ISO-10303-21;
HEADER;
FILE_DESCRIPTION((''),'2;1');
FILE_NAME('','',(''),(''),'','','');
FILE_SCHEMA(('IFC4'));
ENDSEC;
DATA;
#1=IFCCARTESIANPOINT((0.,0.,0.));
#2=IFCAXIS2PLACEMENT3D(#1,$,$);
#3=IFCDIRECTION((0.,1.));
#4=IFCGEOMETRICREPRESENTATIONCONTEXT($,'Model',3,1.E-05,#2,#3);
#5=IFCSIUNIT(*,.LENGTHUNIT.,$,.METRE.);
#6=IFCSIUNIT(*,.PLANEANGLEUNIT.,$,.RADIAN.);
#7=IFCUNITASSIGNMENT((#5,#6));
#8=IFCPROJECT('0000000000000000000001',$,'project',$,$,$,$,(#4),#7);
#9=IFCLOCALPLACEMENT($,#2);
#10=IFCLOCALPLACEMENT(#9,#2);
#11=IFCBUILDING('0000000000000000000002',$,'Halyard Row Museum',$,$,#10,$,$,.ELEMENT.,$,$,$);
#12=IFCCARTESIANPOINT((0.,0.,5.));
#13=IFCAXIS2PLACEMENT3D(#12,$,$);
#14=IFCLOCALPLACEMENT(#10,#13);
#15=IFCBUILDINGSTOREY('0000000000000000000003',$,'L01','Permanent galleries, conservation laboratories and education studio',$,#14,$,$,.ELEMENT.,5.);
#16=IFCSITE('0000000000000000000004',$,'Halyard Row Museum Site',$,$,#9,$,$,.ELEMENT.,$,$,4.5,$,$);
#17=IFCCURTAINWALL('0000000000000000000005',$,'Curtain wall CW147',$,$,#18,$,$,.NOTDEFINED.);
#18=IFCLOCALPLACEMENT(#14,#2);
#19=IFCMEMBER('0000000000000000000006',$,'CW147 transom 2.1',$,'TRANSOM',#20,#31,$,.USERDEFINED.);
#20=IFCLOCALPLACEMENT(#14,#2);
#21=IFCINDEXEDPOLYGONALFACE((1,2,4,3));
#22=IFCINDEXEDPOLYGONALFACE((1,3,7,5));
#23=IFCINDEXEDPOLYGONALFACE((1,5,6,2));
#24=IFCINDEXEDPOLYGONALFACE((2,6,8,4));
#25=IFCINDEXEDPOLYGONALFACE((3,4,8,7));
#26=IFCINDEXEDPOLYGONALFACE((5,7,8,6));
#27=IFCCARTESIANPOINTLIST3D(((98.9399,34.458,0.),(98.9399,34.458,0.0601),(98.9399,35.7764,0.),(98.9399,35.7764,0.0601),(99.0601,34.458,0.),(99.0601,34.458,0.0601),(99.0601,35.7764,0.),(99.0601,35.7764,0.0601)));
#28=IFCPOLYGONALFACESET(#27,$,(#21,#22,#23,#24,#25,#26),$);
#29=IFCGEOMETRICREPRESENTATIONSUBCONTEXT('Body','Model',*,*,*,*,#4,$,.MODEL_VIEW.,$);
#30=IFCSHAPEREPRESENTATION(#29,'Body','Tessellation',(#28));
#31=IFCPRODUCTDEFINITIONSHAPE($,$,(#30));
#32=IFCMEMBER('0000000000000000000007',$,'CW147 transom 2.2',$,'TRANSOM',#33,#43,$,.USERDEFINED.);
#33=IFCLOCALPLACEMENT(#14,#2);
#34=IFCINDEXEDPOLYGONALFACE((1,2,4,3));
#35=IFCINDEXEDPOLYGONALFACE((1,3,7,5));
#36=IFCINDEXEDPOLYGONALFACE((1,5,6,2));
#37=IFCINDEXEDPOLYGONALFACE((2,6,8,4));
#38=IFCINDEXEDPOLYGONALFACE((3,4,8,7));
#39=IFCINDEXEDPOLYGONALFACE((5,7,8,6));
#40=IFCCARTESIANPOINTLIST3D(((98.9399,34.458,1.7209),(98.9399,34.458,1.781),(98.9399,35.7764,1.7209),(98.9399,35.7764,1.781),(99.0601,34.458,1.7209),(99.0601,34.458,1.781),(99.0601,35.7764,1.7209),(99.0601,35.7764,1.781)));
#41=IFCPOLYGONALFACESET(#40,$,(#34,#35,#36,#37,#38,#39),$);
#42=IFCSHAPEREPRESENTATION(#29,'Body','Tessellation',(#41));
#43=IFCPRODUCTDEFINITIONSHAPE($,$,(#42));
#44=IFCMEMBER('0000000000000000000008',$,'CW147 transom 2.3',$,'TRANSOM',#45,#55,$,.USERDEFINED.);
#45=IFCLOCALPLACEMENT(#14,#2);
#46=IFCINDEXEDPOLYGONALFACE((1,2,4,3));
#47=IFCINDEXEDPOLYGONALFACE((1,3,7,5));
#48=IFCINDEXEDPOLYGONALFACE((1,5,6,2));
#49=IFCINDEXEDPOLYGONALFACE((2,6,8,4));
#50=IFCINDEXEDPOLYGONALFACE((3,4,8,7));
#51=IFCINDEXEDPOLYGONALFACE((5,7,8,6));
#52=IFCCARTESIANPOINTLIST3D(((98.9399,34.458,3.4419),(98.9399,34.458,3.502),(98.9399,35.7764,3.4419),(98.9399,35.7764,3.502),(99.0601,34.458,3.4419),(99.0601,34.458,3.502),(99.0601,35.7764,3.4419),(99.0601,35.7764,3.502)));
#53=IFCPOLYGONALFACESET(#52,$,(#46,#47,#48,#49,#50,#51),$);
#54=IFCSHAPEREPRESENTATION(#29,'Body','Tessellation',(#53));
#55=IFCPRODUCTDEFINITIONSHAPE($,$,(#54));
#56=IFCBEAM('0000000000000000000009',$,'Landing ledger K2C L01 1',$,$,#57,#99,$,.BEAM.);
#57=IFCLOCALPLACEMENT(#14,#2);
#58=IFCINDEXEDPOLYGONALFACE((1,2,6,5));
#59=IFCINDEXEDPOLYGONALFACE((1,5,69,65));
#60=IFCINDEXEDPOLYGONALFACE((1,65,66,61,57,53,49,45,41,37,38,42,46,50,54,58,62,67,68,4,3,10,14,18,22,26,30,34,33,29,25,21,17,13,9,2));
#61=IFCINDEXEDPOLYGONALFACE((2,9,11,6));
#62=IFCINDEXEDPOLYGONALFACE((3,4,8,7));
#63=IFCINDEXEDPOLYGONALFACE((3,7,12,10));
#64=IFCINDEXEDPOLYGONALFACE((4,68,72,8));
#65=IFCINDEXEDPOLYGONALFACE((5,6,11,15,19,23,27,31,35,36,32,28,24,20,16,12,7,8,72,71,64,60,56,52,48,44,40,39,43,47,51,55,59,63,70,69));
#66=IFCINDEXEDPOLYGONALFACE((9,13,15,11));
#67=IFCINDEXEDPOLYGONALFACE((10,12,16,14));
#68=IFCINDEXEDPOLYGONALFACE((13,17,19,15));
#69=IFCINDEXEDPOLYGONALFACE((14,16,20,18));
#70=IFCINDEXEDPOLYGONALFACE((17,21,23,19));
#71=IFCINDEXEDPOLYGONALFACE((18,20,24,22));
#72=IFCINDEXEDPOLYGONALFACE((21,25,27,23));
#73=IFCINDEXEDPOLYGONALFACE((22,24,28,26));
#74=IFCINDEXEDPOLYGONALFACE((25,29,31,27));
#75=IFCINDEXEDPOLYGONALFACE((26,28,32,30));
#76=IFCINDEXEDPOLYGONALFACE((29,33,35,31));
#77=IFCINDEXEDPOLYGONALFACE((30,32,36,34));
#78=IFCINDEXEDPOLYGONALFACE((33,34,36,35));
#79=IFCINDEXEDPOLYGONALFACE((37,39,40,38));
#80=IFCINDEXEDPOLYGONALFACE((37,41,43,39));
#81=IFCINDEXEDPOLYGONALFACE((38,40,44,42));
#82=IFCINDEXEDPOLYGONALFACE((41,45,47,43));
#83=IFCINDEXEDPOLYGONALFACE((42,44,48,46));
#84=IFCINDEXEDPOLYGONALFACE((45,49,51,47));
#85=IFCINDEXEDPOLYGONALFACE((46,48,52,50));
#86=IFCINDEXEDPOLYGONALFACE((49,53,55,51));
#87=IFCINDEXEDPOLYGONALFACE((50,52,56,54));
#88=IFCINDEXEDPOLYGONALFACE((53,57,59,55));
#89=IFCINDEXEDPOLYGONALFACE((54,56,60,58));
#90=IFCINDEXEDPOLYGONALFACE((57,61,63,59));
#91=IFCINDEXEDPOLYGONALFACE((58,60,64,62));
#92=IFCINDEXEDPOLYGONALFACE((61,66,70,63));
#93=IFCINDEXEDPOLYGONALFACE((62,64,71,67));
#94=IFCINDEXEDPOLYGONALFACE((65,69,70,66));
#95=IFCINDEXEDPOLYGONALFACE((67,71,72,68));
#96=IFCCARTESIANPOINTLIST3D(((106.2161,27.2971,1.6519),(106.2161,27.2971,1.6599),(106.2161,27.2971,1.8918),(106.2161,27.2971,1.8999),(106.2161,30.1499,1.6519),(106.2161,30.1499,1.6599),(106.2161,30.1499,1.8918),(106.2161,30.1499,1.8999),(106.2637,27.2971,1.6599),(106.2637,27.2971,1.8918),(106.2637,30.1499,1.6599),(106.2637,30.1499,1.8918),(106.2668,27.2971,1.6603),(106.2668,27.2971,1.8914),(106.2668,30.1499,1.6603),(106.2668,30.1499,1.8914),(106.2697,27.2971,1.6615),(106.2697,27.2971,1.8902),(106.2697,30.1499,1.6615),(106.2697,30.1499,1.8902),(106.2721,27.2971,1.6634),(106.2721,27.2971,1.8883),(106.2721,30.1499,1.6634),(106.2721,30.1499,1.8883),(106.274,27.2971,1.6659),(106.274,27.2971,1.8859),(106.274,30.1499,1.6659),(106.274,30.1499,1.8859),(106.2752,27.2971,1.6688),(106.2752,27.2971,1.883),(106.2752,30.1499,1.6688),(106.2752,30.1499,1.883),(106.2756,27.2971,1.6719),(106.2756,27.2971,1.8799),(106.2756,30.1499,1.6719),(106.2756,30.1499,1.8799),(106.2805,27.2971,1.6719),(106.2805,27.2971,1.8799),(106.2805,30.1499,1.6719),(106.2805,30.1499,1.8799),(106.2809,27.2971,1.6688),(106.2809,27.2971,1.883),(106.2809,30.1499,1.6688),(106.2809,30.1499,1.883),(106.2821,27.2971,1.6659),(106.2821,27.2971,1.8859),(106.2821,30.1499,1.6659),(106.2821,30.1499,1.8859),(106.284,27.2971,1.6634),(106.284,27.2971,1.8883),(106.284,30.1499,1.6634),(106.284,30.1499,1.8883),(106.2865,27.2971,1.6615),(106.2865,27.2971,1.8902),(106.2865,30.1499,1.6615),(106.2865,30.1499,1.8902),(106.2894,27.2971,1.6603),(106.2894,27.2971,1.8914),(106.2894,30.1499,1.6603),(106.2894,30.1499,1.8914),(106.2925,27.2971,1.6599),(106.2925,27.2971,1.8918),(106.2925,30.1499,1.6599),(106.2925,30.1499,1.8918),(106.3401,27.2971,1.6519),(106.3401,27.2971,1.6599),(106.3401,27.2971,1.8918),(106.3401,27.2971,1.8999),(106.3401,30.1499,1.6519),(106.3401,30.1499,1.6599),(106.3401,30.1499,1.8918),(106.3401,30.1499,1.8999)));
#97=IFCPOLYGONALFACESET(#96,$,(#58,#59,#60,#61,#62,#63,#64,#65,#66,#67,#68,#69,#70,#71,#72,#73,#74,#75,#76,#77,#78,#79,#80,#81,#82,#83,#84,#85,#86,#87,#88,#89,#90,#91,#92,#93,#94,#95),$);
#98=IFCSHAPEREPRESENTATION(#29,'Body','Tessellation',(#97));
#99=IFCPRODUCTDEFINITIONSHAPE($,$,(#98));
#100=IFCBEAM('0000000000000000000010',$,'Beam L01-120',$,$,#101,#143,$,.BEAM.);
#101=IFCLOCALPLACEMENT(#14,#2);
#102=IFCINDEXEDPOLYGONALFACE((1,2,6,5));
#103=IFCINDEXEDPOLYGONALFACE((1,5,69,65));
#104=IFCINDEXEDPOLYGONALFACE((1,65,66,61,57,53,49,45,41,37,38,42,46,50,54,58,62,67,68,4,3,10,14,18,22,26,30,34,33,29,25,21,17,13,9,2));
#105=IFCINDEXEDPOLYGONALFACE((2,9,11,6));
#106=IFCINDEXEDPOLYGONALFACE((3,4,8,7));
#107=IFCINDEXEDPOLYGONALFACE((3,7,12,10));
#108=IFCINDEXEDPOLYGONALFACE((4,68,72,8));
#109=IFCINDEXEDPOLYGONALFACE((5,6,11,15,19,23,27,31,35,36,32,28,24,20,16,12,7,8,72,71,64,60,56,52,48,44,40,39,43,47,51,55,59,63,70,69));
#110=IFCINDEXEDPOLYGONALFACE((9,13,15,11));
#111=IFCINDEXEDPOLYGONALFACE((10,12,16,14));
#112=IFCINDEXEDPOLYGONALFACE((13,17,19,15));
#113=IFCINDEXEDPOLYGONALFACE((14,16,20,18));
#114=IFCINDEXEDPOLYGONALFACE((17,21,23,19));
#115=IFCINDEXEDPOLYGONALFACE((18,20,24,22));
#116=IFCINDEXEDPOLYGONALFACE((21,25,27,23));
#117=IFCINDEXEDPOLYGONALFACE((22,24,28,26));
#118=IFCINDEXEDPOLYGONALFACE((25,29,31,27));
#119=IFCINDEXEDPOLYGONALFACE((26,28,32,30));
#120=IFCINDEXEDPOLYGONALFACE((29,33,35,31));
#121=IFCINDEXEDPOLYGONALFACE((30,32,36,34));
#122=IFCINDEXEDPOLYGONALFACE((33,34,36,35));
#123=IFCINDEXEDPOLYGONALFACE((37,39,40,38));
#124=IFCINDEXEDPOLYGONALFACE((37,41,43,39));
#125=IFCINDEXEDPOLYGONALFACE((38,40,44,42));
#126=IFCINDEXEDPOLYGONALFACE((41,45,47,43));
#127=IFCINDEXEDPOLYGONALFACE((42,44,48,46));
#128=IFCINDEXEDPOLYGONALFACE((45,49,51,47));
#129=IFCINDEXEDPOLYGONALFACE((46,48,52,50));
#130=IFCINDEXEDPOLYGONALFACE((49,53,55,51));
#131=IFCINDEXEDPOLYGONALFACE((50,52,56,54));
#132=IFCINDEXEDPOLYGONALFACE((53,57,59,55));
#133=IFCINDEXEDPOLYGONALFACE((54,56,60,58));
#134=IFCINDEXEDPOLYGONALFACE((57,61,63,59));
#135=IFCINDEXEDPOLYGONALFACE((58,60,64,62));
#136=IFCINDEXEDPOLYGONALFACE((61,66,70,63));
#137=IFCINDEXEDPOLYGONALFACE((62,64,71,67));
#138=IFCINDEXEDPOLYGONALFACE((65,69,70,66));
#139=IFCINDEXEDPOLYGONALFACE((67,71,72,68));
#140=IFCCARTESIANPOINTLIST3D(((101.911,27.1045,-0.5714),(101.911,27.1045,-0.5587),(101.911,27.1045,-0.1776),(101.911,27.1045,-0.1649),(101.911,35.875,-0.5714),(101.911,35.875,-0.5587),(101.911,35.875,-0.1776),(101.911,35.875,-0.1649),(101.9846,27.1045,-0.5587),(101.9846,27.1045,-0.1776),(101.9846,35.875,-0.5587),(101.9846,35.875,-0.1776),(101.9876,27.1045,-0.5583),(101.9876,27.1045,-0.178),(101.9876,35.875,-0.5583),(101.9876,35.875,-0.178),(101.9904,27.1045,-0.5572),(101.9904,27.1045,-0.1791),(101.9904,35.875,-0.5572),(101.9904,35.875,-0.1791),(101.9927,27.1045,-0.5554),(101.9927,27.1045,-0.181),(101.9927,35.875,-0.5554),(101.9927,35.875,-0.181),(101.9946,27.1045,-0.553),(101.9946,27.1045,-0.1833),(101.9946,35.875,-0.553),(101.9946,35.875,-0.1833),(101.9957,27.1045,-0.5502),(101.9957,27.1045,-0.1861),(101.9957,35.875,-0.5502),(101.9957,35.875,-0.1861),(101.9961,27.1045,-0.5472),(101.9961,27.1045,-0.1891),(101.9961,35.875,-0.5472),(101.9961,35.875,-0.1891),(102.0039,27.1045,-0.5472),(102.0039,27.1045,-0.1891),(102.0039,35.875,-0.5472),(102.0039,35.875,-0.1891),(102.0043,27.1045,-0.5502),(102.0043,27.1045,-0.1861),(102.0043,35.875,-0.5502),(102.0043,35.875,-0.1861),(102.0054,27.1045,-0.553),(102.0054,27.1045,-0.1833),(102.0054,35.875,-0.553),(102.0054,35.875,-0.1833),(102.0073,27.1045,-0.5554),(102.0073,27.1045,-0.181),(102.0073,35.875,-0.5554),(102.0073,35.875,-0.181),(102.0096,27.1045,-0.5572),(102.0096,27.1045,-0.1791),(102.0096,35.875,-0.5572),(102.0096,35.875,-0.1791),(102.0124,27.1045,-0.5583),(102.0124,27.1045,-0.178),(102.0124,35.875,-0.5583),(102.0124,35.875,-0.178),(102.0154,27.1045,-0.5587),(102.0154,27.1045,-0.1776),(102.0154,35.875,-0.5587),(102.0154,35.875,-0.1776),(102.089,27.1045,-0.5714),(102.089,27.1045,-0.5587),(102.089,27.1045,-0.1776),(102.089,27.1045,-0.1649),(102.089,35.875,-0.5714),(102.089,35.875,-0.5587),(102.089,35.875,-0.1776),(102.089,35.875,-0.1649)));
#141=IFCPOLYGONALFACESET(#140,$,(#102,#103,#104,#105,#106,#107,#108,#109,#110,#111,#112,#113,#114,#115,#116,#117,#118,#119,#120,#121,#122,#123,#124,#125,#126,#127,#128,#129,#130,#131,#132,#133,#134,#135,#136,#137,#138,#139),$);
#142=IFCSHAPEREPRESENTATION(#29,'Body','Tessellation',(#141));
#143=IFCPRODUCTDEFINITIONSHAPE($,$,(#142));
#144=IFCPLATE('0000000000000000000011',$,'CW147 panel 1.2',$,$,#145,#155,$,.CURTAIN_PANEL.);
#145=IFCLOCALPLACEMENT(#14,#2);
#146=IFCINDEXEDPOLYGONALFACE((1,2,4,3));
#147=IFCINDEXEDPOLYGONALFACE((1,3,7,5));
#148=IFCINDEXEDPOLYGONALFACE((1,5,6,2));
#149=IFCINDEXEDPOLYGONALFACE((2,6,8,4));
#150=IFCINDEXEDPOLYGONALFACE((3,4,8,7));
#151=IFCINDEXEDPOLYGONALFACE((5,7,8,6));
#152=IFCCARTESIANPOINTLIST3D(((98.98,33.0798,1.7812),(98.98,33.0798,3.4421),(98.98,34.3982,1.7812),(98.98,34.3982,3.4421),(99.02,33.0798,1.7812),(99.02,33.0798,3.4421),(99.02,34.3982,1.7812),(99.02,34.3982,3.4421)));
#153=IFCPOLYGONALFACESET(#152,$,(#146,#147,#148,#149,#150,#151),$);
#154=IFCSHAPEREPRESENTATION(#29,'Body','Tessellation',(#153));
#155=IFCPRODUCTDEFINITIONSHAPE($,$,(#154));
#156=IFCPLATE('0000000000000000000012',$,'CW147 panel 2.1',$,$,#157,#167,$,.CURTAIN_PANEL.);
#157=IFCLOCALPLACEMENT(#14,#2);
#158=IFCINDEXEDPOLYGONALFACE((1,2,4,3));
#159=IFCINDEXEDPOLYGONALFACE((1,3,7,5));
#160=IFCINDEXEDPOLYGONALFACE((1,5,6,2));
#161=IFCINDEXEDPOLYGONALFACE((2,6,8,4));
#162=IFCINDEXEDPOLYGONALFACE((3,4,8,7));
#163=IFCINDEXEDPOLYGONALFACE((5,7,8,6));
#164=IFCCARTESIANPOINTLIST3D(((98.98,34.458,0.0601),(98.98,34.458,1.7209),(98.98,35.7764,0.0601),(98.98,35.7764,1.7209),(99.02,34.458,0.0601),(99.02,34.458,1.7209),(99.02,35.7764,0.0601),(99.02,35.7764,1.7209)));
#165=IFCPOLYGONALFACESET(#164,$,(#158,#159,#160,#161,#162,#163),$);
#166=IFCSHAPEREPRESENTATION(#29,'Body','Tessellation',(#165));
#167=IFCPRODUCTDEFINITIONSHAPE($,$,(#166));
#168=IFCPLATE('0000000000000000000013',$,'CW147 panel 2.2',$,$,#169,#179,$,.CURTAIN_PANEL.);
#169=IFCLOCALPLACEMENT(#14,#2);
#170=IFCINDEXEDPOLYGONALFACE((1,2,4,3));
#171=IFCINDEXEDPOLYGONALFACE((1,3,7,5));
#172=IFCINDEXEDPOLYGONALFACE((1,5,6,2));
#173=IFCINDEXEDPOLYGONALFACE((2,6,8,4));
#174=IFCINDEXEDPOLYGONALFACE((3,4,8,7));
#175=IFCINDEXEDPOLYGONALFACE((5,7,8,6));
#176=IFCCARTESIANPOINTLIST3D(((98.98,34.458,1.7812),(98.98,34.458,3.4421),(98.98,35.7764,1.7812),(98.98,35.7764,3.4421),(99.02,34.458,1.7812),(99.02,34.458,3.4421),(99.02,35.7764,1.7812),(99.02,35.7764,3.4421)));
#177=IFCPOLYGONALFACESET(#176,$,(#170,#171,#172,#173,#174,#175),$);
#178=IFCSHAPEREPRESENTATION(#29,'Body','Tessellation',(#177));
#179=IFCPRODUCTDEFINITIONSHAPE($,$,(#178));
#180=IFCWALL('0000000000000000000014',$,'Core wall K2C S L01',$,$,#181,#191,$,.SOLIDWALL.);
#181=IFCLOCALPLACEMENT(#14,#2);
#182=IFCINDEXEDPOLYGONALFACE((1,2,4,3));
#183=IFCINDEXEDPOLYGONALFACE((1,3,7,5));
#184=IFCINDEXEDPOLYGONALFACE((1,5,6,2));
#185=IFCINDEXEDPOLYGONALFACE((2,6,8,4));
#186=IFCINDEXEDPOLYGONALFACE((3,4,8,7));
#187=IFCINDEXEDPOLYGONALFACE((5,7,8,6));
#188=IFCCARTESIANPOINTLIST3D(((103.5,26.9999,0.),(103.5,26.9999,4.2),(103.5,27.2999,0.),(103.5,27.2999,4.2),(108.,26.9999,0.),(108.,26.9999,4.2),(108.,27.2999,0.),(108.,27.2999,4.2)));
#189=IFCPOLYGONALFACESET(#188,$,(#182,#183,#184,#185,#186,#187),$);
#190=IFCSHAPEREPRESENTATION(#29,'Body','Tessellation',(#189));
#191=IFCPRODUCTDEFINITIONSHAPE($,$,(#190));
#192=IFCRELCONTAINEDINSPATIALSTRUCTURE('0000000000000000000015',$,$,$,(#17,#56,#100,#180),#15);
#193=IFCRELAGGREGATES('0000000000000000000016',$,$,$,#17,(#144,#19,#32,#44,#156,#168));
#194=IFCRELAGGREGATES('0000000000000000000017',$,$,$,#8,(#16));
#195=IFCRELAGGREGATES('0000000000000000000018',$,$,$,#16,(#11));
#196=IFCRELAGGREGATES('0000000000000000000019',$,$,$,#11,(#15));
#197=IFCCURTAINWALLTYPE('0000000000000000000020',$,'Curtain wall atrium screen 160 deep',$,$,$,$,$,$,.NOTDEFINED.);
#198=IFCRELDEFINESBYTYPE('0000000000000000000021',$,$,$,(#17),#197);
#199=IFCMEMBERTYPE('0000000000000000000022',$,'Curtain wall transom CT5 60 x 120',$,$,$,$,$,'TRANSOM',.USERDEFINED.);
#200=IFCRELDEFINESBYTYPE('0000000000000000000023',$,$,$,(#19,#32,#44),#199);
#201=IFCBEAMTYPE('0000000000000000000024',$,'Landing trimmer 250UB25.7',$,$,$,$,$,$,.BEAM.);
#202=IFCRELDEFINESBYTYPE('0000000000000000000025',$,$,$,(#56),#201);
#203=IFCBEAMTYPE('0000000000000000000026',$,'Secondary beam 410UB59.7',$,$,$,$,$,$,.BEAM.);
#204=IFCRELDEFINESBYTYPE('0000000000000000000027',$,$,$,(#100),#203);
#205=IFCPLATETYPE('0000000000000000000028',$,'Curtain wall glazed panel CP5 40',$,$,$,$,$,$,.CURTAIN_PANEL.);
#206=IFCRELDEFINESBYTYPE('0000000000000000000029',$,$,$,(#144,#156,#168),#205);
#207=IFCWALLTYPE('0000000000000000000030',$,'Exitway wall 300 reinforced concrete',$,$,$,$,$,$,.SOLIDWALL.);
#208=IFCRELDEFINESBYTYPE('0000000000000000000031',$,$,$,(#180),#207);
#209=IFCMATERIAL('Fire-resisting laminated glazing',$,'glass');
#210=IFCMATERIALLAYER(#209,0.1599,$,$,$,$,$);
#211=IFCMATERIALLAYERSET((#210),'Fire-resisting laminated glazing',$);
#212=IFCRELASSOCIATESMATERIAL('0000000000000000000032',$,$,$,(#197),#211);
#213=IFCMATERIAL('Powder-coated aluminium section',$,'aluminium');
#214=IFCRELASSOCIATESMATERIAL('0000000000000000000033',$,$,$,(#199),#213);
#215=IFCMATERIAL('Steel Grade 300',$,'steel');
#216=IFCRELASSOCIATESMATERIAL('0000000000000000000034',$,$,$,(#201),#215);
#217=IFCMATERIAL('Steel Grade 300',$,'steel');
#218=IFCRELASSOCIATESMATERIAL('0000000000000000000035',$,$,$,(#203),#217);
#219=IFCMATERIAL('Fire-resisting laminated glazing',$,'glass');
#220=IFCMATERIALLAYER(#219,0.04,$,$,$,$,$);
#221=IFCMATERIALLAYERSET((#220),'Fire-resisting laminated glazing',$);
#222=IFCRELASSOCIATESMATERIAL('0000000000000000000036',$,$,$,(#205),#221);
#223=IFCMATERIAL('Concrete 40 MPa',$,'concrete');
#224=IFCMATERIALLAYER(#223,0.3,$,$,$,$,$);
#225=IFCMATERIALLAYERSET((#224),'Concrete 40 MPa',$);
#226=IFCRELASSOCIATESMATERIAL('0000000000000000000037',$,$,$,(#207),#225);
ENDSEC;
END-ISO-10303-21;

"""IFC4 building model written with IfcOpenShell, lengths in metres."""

from ifc_helpers import new_model, si_unit, direction, frame, frame_2d, origin, origin_2d, place, context, subcontext, project, spatial, rectangle, i_section, extrude, material, layer, layer_set, material_profile, profile_set, type_object, element, aggregate, save


model = new_model("IFC4")

# Units and contexts
model_context = context("Model", 3, precision=1e-05, world=origin(), true_north=direction((0.0, 1.0)))
body_context = subcontext(model_context, "Body", "Model", "MODEL_VIEW")
ifc_project = project(units=[si_unit("LENGTHUNIT", "METRE"), si_unit("PLANEANGLEUNIT", "RADIAN")], contexts=[model_context])

# Site, building, storey
site_placement = place(None, origin())
site = spatial("IfcSite", under=ifc_project, at=site_placement, Name="Halyard Row Museum Site", CompositionType="ELEMENT", RefElevation=4.5)
building_placement = place(site_placement, origin())
building = spatial("IfcBuilding", under=site, at=building_placement, Name="Halyard Row Museum", CompositionType="ELEMENT")
storey_placement = place(building_placement, frame((0.0, 0.0, 5.0)))
storey = spatial("IfcBuildingStorey", under=building, at=storey_placement, Name="L01", Description="Permanent galleries, conservation laboratories and education studio", CompositionType="ELEMENT", Elevation=5.0)

# Curtain wall, members
ifc_material_1 = material(Name="Fire-resisting laminated glazing", Category="glass")
ifc_layer_1 = layer(ifc_material_1, 0.1599)
ifc_layer_set_1 = layer_set([ifc_layer_1], Name="Fire-resisting laminated glazing")
curtain_wall_type = type_object("IfcCurtainWallType", Name="Curtain wall atrium screen 160 deep", PredefinedType="NOTDEFINED", material=ifc_layer_set_1)
curtain_wall_placement = place(storey_placement, origin())
curtain_wall = element("IfcCurtainWall", 1, at=curtain_wall_placement, inside=storey, type_object=curtain_wall_type, Name="Curtain wall CW147", PredefinedType="NOTDEFINED")
ifc_material_2 = material(Name="Powder-coated aluminium section", Category="aluminium")
ifc_material_profile_1 = material_profile(ifc_material_2, rectangle(XDim=0.1201, YDim=0.0601, at=origin_2d()), Name="120x60 transom")
ifc_profile_set_1 = profile_set([ifc_material_profile_1], Name="Powder-coated aluminium section")
member_type_1 = type_object("IfcMemberType", Name="Curtain wall transom CT5 60 x 120", ElementType="TRANSOM", PredefinedType="USERDEFINED", material=ifc_profile_set_1)
member_1_placement = place(storey_placement, frame((99.0, 34.458, 0.03), z_axis=(0.0, 1.0, 0.0), x_axis=(-1.0, 0.0, 0.0)))
member_1 = element("IfcMember", 2, at=member_1_placement, type_object=member_type_1, Name="CW147 transom 2.1", ObjectType="TRANSOM", PredefinedType="USERDEFINED", context=body_context, shape_type="SweptSolid", body=[
    extrude(rectangle(XDim=0.1201, YDim=0.0601, at=origin_2d()), origin(), (0.0, 0.0, 1.0), 1.3184),
])
member_2_placement = place(storey_placement, frame((99.0, 34.458, 1.751), z_axis=(0.0, 1.0, 0.0), x_axis=(-1.0, 0.0, 0.0)))
member_2 = element("IfcMember", 3, at=member_2_placement, type_object=member_type_1, Name="CW147 transom 2.2", ObjectType="TRANSOM", PredefinedType="USERDEFINED", context=body_context, shape_type="SweptSolid", body=[
    extrude(rectangle(XDim=0.1201, YDim=0.0601, at=origin_2d()), origin(), (0.0, 0.0, 1.0), 1.3184),
])
member_3_placement = place(storey_placement, frame((99.0, 34.458, 3.4719), z_axis=(0.0, 1.0, 0.0), x_axis=(-1.0, 0.0, 0.0)))
member_3 = element("IfcMember", 4, at=member_3_placement, type_object=member_type_1, Name="CW147 transom 2.3", ObjectType="TRANSOM", PredefinedType="USERDEFINED", context=body_context, shape_type="SweptSolid", body=[
    extrude(rectangle(XDim=0.1201, YDim=0.0601, at=origin_2d()), origin(), (0.0, 0.0, 1.0), 1.3184),
])

# Beams
ifc_material_3 = material(Name="Steel Grade 300", Category="steel")
ifc_material_profile_2 = material_profile(ifc_material_3, i_section(OverallWidth=0.124, OverallDepth=0.248, WebThickness=0.0049, FlangeThickness=0.0081, FilletRadius=0.012, at=origin_2d()), Name="250UB25.7")
ifc_profile_set_2 = profile_set([ifc_material_profile_2], Name="Steel Grade 300")
beam_type_1 = type_object("IfcBeamType", Name="Landing trimmer 250UB25.7", PredefinedType="BEAM", material=ifc_profile_set_2)
beam_1_placement = place(storey_placement, frame((106.2781, 27.2971, 1.7759), z_axis=(0.0, 1.0, 0.0), x_axis=(-1.0, 0.0, 0.0)))
element("IfcBeam", 5, at=beam_1_placement, inside=storey, type_object=beam_type_1, Name="Landing ledger K2C L01 1", PredefinedType="BEAM", context=body_context, shape_type="SweptSolid", body=[
    extrude(i_section(OverallWidth=0.124, OverallDepth=0.248, WebThickness=0.0049, FlangeThickness=0.0081, FilletRadius=0.012, at=origin_2d()), origin(), (0.0, 0.0, 1.0), 2.8528),
])
ifc_material_4 = material(Name="Steel Grade 300", Category="steel")
ifc_material_profile_3 = material_profile(ifc_material_4, i_section(OverallWidth=0.178, OverallDepth=0.4065, WebThickness=0.0078, FlangeThickness=0.0127, FilletRadius=0.0115, at=origin_2d()), Name="410UB59.7")
ifc_profile_set_3 = profile_set([ifc_material_profile_3], Name="Steel Grade 300")
beam_type_2 = type_object("IfcBeamType", Name="Secondary beam 410UB59.7", PredefinedType="BEAM", material=ifc_profile_set_3)
beam_2_placement = place(storey_placement, frame((102.0, 27.1045, -0.3682), z_axis=(0.0, 1.0, 0.0), x_axis=(-1.0, 0.0, 0.0)))
element("IfcBeam", 6, at=beam_2_placement, inside=storey, type_object=beam_type_2, Name="Beam L01-120", PredefinedType="BEAM", context=body_context, shape_type="SweptSolid", body=[
    extrude(i_section(OverallWidth=0.178, OverallDepth=0.4065, WebThickness=0.0078, FlangeThickness=0.0127, FilletRadius=0.0115, at=origin_2d()), origin(), (0.0, 0.0, 1.0), 8.7705),
])

# Plates
ifc_material_5 = material(Name="Fire-resisting laminated glazing", Category="glass")
ifc_layer_2 = layer(ifc_material_5, 0.04)
ifc_layer_set_2 = layer_set([ifc_layer_2], Name="Fire-resisting laminated glazing")
plate_type = type_object("IfcPlateType", Name="Curtain wall glazed panel CP5 40", PredefinedType="CURTAIN_PANEL", material=ifc_layer_set_2)
plate_1_placement = place(storey_placement, frame((99.0, 33.739, 1.7812), z_axis=(0.0, 0.0, 1.0), x_axis=(0.0, 1.0, 0.0)))
plate_1 = element("IfcPlate", 7, at=plate_1_placement, type_object=plate_type, Name="CW147 panel 1.2", PredefinedType="CURTAIN_PANEL", context=body_context, shape_type="SweptSolid", body=[
    extrude(rectangle(XDim=1.3184, YDim=0.04, at=origin_2d()), origin(), (0.0, 0.0, 1.0), 1.6609),
])
plate_2_placement = place(storey_placement, frame((99.0, 35.1172, 0.0601), z_axis=(0.0, 0.0, 1.0), x_axis=(0.0, 1.0, 0.0)))
plate_2 = element("IfcPlate", 8, at=plate_2_placement, type_object=plate_type, Name="CW147 panel 2.1", PredefinedType="CURTAIN_PANEL", context=body_context, shape_type="SweptSolid", body=[
    extrude(rectangle(XDim=1.3184, YDim=0.04, at=origin_2d()), origin(), (0.0, 0.0, 1.0), 1.6609),
])
plate_3_placement = place(storey_placement, frame((99.0, 35.1172, 1.7812), z_axis=(0.0, 0.0, 1.0), x_axis=(0.0, 1.0, 0.0)))
plate_3 = element("IfcPlate", 9, at=plate_3_placement, type_object=plate_type, Name="CW147 panel 2.2", PredefinedType="CURTAIN_PANEL", context=body_context, shape_type="SweptSolid", body=[
    extrude(rectangle(XDim=1.3184, YDim=0.04, at=origin_2d()), origin(), (0.0, 0.0, 1.0), 1.6609),
])
aggregate(curtain_wall, [plate_1, member_1, member_2, member_3, plate_2, plate_3])

# Wall
ifc_material_6 = material(Name="Concrete 40 MPa", Category="concrete")
ifc_layer_3 = layer(ifc_material_6, 0.3)
ifc_layer_set_3 = layer_set([ifc_layer_3], Name="Concrete 40 MPa")
wall_type = type_object("IfcWallType", Name="Exitway wall 300 reinforced concrete", PredefinedType="SOLIDWALL", material=ifc_layer_set_3)
wall_1_placement = place(storey_placement, frame((103.5, 27.1499, 0.0), z_axis=(0.0, 0.0, 1.0), x_axis=(1.0, 0.0, 0.0)))
element("IfcWall", 10, at=wall_1_placement, inside=storey, type_object=wall_type, Name="Core wall K2C S L01", PredefinedType="SOLIDWALL", context=body_context, shape_type="SweptSolid", body=[
    extrude(rectangle(XDim=4.5, YDim=0.3, at=frame_2d((2.25, 0.0))), origin(), (0.0, 0.0, 1.0), 4.2),
])

save(model, "model.ifc")
